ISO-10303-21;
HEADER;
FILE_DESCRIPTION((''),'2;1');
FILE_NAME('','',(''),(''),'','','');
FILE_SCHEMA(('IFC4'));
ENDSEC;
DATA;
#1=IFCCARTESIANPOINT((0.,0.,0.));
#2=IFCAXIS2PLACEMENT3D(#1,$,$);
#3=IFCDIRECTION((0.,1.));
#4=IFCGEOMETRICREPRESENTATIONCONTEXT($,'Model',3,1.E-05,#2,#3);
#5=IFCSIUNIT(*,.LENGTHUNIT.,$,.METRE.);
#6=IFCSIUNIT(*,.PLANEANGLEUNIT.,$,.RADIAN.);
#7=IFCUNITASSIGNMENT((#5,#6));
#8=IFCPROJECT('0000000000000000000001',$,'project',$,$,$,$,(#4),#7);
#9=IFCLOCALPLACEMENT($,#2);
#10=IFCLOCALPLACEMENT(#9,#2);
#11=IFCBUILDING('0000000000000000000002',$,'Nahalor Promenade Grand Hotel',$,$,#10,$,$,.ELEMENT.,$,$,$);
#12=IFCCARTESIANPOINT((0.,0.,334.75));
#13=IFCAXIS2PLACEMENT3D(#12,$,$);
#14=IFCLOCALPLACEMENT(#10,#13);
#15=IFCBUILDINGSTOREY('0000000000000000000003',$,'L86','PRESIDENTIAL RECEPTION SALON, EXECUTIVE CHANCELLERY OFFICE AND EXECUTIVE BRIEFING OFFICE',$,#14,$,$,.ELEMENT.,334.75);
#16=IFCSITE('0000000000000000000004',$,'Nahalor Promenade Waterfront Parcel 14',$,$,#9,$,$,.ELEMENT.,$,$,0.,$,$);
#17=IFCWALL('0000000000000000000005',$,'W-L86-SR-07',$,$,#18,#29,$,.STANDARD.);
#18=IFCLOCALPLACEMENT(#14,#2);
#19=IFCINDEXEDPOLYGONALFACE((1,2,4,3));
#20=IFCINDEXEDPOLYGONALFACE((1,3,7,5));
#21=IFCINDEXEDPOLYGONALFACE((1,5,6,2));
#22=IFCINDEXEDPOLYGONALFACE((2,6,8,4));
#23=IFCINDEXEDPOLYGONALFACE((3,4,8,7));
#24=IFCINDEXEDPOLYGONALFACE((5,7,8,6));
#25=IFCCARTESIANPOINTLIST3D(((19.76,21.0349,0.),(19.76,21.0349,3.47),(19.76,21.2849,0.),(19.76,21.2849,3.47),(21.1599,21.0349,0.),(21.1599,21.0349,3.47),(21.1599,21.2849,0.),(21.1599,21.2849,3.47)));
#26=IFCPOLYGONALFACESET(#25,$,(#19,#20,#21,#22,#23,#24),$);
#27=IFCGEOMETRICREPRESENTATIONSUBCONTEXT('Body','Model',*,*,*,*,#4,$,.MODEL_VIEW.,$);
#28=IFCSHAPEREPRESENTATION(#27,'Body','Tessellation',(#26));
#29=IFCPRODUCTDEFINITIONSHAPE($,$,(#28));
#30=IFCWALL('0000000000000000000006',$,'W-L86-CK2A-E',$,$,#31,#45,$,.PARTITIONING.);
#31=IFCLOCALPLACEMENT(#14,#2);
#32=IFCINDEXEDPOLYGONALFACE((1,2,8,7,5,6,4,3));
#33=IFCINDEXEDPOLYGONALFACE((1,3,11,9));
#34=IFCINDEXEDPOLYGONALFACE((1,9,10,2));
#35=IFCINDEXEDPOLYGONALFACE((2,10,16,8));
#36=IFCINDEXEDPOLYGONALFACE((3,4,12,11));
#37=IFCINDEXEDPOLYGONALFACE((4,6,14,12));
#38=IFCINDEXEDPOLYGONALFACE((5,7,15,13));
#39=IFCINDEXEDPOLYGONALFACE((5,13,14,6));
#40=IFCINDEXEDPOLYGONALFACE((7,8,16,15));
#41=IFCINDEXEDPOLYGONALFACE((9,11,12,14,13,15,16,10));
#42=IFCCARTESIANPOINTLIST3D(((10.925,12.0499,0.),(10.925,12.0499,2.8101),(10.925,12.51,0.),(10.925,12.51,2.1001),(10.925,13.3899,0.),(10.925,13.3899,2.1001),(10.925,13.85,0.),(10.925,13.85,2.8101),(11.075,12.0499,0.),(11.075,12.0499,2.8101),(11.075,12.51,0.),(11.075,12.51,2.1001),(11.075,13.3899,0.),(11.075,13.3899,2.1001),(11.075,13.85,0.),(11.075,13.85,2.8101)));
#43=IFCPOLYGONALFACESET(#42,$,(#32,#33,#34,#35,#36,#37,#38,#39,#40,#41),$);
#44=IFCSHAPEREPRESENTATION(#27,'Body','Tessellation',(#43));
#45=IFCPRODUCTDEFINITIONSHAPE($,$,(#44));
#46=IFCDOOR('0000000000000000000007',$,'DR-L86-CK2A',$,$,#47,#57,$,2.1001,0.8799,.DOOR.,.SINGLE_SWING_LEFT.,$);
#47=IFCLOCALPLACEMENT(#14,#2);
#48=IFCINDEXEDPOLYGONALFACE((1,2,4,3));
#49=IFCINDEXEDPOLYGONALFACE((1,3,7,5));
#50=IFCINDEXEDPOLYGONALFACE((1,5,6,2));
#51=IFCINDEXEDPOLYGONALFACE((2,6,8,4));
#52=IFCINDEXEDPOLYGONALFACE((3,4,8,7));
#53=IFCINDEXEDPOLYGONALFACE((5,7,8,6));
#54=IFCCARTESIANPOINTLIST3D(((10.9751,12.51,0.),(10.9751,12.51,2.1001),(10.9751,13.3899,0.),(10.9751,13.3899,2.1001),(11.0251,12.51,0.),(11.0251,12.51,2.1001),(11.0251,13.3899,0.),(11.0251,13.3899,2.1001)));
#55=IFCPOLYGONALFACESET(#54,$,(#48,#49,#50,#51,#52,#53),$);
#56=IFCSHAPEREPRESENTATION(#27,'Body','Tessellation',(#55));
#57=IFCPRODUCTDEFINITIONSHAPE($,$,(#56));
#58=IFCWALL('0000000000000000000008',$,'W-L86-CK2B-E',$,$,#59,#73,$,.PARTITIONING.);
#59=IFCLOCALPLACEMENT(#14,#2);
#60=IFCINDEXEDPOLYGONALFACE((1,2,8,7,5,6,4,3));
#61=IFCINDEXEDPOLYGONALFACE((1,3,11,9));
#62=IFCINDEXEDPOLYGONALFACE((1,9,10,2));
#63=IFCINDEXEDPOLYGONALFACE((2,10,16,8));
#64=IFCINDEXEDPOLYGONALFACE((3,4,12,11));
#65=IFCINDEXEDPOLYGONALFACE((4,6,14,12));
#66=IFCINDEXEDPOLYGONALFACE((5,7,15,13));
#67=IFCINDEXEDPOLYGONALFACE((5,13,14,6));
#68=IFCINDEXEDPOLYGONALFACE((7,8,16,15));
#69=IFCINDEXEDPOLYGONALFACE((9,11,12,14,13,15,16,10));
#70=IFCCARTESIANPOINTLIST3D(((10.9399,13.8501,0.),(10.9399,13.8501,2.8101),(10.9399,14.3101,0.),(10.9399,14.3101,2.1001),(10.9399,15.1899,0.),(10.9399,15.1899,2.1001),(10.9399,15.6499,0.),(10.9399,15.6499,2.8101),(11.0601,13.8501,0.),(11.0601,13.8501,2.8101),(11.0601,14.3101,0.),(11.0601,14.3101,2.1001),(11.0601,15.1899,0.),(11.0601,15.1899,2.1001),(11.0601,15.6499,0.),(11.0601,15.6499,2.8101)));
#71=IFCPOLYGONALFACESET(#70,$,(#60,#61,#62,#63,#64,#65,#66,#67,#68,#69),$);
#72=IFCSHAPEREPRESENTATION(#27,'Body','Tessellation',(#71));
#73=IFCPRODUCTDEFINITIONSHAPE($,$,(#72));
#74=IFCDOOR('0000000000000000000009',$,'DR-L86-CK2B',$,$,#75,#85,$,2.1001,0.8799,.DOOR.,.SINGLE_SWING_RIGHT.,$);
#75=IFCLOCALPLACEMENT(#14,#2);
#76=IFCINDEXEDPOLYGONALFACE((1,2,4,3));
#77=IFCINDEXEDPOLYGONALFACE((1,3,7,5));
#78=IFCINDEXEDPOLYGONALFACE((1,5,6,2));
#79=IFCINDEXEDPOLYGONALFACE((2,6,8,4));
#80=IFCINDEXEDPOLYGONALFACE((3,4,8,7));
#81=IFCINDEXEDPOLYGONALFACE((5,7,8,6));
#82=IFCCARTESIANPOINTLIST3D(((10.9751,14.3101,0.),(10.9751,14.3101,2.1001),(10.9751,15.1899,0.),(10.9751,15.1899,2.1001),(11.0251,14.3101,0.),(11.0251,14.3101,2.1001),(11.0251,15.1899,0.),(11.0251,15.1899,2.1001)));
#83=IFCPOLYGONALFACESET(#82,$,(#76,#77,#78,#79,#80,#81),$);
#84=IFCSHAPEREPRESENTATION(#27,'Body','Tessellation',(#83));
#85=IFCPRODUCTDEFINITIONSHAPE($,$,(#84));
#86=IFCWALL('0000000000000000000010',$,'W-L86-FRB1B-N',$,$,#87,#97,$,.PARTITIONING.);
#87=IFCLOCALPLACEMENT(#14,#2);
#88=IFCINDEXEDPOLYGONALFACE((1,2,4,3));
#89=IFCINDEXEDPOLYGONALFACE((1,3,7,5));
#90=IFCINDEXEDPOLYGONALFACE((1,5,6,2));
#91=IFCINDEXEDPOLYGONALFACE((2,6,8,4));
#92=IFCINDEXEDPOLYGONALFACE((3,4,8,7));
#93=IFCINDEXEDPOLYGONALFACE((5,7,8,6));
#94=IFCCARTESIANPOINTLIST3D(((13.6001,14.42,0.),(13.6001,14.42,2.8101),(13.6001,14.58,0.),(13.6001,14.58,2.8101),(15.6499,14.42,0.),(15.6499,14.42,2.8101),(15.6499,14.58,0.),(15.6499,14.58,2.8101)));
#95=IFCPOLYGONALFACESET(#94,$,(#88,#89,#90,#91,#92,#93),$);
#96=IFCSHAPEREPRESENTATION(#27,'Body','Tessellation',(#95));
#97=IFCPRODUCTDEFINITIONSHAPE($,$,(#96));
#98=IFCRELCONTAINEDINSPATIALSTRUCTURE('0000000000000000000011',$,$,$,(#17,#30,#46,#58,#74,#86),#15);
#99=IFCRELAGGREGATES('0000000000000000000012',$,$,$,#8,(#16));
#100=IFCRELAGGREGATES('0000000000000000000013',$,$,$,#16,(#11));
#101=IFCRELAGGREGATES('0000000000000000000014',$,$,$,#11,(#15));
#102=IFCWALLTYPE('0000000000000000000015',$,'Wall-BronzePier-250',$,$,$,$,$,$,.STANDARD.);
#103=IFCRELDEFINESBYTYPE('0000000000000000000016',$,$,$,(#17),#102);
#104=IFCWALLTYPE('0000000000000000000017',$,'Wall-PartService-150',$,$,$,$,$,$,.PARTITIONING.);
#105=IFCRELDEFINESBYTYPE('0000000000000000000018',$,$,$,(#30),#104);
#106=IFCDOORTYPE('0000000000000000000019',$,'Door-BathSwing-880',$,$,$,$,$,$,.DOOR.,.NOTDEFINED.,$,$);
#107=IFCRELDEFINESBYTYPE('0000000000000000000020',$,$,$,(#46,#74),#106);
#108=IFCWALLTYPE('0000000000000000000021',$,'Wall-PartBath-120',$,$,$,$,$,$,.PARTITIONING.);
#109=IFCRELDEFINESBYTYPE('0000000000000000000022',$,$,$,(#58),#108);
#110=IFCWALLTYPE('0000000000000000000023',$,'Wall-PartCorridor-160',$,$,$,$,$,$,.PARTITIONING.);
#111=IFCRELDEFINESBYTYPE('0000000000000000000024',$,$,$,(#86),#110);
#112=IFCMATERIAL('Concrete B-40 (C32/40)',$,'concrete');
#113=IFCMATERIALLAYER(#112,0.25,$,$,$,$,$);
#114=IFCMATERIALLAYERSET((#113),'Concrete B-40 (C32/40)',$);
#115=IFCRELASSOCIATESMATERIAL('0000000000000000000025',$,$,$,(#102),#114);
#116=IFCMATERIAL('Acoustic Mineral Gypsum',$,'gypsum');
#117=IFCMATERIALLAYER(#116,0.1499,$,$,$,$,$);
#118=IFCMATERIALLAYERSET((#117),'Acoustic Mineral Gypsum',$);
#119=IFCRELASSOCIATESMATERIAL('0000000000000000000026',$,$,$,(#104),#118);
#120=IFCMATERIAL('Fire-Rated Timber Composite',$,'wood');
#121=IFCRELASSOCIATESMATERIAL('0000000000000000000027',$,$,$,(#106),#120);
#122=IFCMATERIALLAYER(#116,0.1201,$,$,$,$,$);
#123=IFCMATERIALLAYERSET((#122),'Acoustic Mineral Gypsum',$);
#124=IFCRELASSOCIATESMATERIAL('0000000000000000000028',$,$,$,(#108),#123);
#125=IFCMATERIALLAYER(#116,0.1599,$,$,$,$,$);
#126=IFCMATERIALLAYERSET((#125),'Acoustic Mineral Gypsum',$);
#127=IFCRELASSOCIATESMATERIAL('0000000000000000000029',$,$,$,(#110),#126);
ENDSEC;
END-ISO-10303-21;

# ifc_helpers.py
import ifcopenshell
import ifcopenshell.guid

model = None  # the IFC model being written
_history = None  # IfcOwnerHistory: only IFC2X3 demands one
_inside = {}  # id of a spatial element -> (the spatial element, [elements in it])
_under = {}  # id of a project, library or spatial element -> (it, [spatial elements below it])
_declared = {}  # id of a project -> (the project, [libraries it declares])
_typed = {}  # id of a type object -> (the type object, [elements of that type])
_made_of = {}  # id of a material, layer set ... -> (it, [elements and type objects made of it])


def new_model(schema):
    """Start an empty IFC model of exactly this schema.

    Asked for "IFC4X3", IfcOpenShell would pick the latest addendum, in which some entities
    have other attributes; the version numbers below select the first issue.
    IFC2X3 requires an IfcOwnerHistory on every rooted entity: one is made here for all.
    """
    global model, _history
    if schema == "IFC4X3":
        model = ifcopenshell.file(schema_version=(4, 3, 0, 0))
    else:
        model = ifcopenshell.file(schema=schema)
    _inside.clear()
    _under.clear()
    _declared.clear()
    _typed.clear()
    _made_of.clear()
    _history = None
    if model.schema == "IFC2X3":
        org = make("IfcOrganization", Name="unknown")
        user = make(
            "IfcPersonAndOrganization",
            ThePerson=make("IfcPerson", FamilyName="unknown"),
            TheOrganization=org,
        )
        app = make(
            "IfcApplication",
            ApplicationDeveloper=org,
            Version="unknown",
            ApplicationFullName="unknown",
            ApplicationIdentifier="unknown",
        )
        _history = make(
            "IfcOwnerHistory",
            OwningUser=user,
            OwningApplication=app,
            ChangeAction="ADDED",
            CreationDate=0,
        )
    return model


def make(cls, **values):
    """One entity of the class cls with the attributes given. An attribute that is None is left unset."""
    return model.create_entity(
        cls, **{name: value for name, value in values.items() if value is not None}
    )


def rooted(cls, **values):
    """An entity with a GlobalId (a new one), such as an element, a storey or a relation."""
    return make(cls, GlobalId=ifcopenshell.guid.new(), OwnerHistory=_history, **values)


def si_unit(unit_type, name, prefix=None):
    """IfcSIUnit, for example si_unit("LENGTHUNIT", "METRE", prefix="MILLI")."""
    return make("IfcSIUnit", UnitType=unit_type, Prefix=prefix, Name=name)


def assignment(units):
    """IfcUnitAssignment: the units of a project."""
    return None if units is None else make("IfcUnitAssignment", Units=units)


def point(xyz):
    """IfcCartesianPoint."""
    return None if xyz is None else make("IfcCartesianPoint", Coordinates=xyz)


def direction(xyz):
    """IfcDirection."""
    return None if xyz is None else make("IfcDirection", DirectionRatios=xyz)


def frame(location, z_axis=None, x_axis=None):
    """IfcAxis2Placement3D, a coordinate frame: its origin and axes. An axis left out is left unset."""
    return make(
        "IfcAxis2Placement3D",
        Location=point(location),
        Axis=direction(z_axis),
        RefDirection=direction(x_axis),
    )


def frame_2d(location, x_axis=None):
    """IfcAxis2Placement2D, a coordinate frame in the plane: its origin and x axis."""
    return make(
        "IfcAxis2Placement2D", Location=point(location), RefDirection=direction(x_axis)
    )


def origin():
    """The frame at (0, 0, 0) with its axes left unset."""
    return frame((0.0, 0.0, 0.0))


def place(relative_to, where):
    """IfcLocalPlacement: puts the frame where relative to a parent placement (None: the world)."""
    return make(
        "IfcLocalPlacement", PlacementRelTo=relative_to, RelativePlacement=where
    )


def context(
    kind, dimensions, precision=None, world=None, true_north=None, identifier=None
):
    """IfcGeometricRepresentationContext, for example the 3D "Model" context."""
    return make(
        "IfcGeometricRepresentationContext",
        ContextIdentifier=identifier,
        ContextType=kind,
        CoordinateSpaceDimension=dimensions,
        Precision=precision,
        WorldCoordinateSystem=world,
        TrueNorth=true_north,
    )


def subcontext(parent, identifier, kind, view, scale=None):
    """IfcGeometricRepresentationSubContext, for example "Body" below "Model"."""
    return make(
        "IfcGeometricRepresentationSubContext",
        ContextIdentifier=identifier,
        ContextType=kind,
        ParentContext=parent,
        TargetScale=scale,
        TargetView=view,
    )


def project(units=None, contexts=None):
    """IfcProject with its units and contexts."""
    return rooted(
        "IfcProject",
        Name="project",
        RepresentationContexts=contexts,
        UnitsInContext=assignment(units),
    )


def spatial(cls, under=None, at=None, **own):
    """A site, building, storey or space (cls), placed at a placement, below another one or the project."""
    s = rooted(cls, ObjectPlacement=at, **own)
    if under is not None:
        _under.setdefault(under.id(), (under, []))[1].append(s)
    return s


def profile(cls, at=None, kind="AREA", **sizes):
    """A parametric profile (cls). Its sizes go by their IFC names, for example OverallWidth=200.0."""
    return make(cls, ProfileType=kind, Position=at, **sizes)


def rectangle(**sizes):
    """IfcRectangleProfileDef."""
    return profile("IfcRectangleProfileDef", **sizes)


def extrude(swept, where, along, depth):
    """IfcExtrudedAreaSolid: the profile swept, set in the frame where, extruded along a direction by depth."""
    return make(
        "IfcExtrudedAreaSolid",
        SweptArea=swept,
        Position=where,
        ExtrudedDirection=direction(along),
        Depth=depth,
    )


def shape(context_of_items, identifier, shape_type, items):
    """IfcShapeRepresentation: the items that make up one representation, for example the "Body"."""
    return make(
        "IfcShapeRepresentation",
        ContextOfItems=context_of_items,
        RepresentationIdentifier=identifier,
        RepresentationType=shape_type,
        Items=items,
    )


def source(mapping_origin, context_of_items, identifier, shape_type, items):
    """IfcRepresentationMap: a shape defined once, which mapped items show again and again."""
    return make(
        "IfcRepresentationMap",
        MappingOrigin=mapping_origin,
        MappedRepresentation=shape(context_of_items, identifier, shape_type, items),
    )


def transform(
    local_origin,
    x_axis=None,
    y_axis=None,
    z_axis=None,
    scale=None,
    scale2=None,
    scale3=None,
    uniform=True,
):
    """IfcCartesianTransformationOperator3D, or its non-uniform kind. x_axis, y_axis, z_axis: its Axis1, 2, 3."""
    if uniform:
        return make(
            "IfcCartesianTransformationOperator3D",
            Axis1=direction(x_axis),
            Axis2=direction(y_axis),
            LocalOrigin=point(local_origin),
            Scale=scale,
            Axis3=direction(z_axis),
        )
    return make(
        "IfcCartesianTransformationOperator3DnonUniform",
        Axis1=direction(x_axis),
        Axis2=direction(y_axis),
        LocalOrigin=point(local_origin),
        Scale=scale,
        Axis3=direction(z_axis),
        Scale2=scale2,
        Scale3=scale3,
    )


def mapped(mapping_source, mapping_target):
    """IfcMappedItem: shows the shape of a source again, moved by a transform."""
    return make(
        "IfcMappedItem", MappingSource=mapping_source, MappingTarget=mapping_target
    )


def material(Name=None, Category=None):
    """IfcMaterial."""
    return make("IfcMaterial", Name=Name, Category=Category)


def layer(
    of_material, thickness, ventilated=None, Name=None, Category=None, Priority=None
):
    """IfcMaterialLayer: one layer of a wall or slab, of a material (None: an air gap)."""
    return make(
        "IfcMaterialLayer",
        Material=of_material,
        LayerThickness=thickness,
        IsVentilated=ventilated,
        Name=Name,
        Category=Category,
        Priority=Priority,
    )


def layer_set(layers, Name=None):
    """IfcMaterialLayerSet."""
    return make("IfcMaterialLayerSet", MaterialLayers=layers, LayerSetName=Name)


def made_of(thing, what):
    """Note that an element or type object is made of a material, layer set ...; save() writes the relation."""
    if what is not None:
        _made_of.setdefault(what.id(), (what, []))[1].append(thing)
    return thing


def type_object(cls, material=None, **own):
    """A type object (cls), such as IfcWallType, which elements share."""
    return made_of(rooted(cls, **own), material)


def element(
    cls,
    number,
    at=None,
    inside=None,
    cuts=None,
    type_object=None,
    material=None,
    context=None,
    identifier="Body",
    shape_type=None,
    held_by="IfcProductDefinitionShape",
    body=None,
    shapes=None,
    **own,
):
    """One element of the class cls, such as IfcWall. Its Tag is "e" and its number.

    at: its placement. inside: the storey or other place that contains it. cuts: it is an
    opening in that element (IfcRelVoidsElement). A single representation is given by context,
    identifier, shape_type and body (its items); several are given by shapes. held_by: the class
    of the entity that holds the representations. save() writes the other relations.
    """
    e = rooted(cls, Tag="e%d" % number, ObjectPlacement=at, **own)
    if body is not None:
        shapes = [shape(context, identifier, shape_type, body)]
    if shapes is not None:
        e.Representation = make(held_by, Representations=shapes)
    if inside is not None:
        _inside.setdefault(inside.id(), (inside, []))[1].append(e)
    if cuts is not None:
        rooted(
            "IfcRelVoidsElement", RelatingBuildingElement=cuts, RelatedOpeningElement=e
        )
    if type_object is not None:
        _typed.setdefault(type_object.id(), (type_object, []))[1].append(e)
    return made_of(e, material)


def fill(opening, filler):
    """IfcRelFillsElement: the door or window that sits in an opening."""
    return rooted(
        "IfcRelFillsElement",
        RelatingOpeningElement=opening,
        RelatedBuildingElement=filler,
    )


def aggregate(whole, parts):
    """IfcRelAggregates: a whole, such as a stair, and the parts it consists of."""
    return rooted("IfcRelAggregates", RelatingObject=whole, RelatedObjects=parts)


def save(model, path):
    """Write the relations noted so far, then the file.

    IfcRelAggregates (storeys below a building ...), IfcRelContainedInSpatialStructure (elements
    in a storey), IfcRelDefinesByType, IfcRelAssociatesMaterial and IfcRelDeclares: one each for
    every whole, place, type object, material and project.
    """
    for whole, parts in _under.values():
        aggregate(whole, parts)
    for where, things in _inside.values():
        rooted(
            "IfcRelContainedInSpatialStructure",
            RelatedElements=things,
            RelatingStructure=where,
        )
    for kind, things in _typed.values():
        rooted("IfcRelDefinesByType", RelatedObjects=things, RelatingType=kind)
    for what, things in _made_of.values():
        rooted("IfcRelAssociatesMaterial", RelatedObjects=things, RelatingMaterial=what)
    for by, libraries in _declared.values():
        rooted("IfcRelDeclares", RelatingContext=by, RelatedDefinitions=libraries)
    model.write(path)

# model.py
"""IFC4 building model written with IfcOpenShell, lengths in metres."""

from ifc_helpers import new_model, si_unit, direction, frame, frame_2d, origin, place, context, subcontext, project, spatial, rectangle, extrude, source, transform, mapped, material, layer, layer_set, type_object, element, fill, save


model = new_model("IFC4")

# Units and contexts
model_context = context("Model", 3, precision=1e-05, world=origin(), true_north=direction((0.0, 1.0)))
body_context = subcontext(model_context, "Body", "Model", "MODEL_VIEW")
ifc_project = project(units=[si_unit("LENGTHUNIT", "METRE"), si_unit("PLANEANGLEUNIT", "RADIAN")], contexts=[model_context])

# Site, building, storey
site_placement = place(None, origin())
site = spatial("IfcSite", under=ifc_project, at=site_placement, Name="Nahalor Promenade Waterfront Parcel 14", CompositionType="ELEMENT", RefElevation=0.0)
building_placement = place(site_placement, origin())
building = spatial("IfcBuilding", under=site, at=building_placement, Name="Nahalor Promenade Grand Hotel", CompositionType="ELEMENT")
storey_placement = place(building_placement, frame((0.0, 0.0, 334.75)))
storey = spatial("IfcBuildingStorey", under=building, at=storey_placement, Name="L86", Description="PRESIDENTIAL RECEPTION SALON, EXECUTIVE CHANCELLERY OFFICE AND EXECUTIVE BRIEFING OFFICE", CompositionType="ELEMENT", Elevation=334.75)

# Wall
ifc_material_1 = material(Name="Concrete B-40 (C32/40)", Category="concrete")
ifc_layer_1 = layer(ifc_material_1, 0.25)
ifc_layer_set_1 = layer_set([ifc_layer_1], Name="Concrete B-40 (C32/40)")
wall_type_1 = type_object("IfcWallType", Name="Wall-BronzePier-250", PredefinedType="STANDARD", material=ifc_layer_set_1)
shared_shape_1 = source(origin(), body_context, "Body", "SweptSolid", [
    extrude(rectangle(XDim=1.3999, YDim=0.25, at=frame_2d((0.7, 0.0))), origin(), (0.0, 0.0, 1.0), 3.47),
])
for number, where, z_axis, x_axis, name in (
    (1, (19.76, 21.1599, 0.0), (0.0, 0.0, 1.0), (1.0, 0.0, 0.0), "W-L86-SR-07"),
):
    element("IfcWall", number, at=place(storey_placement, frame(where, z_axis=z_axis, x_axis=x_axis)), inside=storey, type_object=wall_type_1, Name=name, PredefinedType="STANDARD", context=body_context, shape_type="MappedRepresentation", body=[
        mapped(shared_shape_1, transform((0.0, 0.0, 0.0), scale=1.0)),
    ])

# Walls, openings, doors
ifc_material_2 = material(Name="Acoustic Mineral Gypsum", Category="gypsum")
ifc_layer_2 = layer(ifc_material_2, 0.1499)
ifc_layer_set_2 = layer_set([ifc_layer_2], Name="Acoustic Mineral Gypsum")
wall_type_2 = type_object("IfcWallType", Name="Wall-PartService-150", PredefinedType="PARTITIONING", material=ifc_layer_set_2)
shared_shape_2 = source(origin(), body_context, "Body", "SweptSolid", [
    extrude(rectangle(XDim=1.8, YDim=0.1499, at=frame_2d((0.8999, 0.0))), origin(), (0.0, 0.0, 1.0), 2.8101),
])
wall_1_placement = place(storey_placement, frame((11.0, 12.05, 0.0), z_axis=(0.0, 0.0, 1.0), x_axis=(0.0, 1.0, 0.0)))
wall_1 = element("IfcWall", 2, at=wall_1_placement, inside=storey, type_object=wall_type_2, Name="W-L86-CK2A-E", PredefinedType="PARTITIONING", context=body_context, shape_type="MappedRepresentation", body=[
    mapped(shared_shape_2, transform((0.0, 0.0, 0.0), scale=1.0)),
])
opening_1_placement = place(wall_1_placement, frame((0.46, 0.0, 0.0)))
opening_1 = element("IfcOpeningElement", 3, at=opening_1_placement, cuts=wall_1, PredefinedType="OPENING", context=body_context, shape_type="SweptSolid", body=[
    extrude(rectangle(XDim=0.8799, YDim=2.1001, at=frame_2d((0.4399, 1.05))), frame((0.0, 0.085, 0.0), z_axis=(0.0, -1.0, 0.0), x_axis=(1.0, 0.0, 0.0)), (0.0, 0.0, 1.0), 0.1699),
])
ifc_material_3 = material(Name="Fire-Rated Timber Composite", Category="wood")
door_type_1 = type_object("IfcDoorType", Name="Door-BathSwing-880", OperationType="NOTDEFINED", PredefinedType="DOOR", material=ifc_material_3)
shared_shape_3 = source(origin(), body_context, "Body", "SweptSolid", [
    extrude(rectangle(XDim=0.8799, YDim=2.1001, at=frame_2d((0.4399, 1.05))), frame((0.0, 0.0249, 0.0), z_axis=(0.0, -1.0, 0.0), x_axis=(1.0, 0.0, 0.0)), (0.0, 0.0, 1.0), 0.05),
])
door_1_placement = place(opening_1_placement, origin())
door_1 = element("IfcDoor", 4, at=door_1_placement, inside=storey, type_object=door_type_1, Name="DR-L86-CK2A", OperationType="SINGLE_SWING_LEFT", OverallHeight=2.1001, OverallWidth=0.8799, PredefinedType="DOOR", context=body_context, shape_type="MappedRepresentation", body=[
    mapped(shared_shape_3, transform((0.0, 0.0, 0.0), scale=1.0)),
])
fill(opening_1, door_1)
ifc_layer_3 = layer(ifc_material_2, 0.1201)
ifc_layer_set_3 = layer_set([ifc_layer_3], Name="Acoustic Mineral Gypsum")
wall_type_3 = type_object("IfcWallType", Name="Wall-PartBath-120", PredefinedType="PARTITIONING", material=ifc_layer_set_3)
shared_shape_4 = source(origin(), body_context, "Body", "SweptSolid", [
    extrude(rectangle(XDim=1.7998, YDim=0.1201, at=frame_2d((0.8999, 0.0))), origin(), (0.0, 0.0, 1.0), 2.8101),
])
wall_2_placement = place(storey_placement, frame((11.0, 13.8501, 0.0), z_axis=(0.0, 0.0, 1.0), x_axis=(0.0, 1.0, 0.0)))
wall_2 = element("IfcWall", 5, at=wall_2_placement, inside=storey, type_object=wall_type_3, Name="W-L86-CK2B-E", PredefinedType="PARTITIONING", context=body_context, shape_type="MappedRepresentation", body=[
    mapped(shared_shape_4, transform((0.0, 0.0, 0.0), scale=1.0)),
])
opening_2_placement = place(wall_2_placement, frame((0.46, 0.0, 0.0)))
opening_2 = element("IfcOpeningElement", 6, at=opening_2_placement, cuts=wall_2, PredefinedType="OPENING", context=body_context, shape_type="SweptSolid", body=[
    extrude(rectangle(XDim=0.8799, YDim=2.1001, at=frame_2d((0.4399, 1.05))), frame((0.0, 0.0701, 0.0), z_axis=(0.0, -1.0, 0.0), x_axis=(1.0, 0.0, 0.0)), (0.0, 0.0, 1.0), 0.1401),
])
door_2_placement = place(opening_2_placement, origin())
door_2 = element("IfcDoor", 7, at=door_2_placement, inside=storey, type_object=door_type_1, Name="DR-L86-CK2B", OperationType="SINGLE_SWING_RIGHT", OverallHeight=2.1001, OverallWidth=0.8799, PredefinedType="DOOR", context=body_context, shape_type="MappedRepresentation", body=[
    mapped(shared_shape_3, transform((0.0, 0.0, 0.0), scale=1.0)),
])
fill(opening_2, door_2)

# Wall
ifc_layer_4 = layer(ifc_material_2, 0.1599)
ifc_layer_set_4 = layer_set([ifc_layer_4], Name="Acoustic Mineral Gypsum")
wall_type_4 = type_object("IfcWallType", Name="Wall-PartCorridor-160", PredefinedType="PARTITIONING", material=ifc_layer_set_4)
shared_shape_5 = source(origin(), body_context, "Body", "SweptSolid", [
    extrude(rectangle(XDim=2.0498, YDim=0.1599, at=frame_2d((1.0249, 0.0))), origin(), (0.0, 0.0, 1.0), 2.8101),
])
wall_3_placement = place(storey_placement, frame((13.6001, 14.5, 0.0), z_axis=(0.0, 0.0, 1.0), x_axis=(1.0, 0.0, 0.0)))
element("IfcWall", 8, at=wall_3_placement, inside=storey, type_object=wall_type_4, Name="W-L86-FRB1B-N", PredefinedType="PARTITIONING", context=body_context, shape_type="MappedRepresentation", body=[
    mapped(shared_shape_5, transform((0.0, 0.0, 0.0), scale=1.0)),
])

save(model, "model.ifc")
